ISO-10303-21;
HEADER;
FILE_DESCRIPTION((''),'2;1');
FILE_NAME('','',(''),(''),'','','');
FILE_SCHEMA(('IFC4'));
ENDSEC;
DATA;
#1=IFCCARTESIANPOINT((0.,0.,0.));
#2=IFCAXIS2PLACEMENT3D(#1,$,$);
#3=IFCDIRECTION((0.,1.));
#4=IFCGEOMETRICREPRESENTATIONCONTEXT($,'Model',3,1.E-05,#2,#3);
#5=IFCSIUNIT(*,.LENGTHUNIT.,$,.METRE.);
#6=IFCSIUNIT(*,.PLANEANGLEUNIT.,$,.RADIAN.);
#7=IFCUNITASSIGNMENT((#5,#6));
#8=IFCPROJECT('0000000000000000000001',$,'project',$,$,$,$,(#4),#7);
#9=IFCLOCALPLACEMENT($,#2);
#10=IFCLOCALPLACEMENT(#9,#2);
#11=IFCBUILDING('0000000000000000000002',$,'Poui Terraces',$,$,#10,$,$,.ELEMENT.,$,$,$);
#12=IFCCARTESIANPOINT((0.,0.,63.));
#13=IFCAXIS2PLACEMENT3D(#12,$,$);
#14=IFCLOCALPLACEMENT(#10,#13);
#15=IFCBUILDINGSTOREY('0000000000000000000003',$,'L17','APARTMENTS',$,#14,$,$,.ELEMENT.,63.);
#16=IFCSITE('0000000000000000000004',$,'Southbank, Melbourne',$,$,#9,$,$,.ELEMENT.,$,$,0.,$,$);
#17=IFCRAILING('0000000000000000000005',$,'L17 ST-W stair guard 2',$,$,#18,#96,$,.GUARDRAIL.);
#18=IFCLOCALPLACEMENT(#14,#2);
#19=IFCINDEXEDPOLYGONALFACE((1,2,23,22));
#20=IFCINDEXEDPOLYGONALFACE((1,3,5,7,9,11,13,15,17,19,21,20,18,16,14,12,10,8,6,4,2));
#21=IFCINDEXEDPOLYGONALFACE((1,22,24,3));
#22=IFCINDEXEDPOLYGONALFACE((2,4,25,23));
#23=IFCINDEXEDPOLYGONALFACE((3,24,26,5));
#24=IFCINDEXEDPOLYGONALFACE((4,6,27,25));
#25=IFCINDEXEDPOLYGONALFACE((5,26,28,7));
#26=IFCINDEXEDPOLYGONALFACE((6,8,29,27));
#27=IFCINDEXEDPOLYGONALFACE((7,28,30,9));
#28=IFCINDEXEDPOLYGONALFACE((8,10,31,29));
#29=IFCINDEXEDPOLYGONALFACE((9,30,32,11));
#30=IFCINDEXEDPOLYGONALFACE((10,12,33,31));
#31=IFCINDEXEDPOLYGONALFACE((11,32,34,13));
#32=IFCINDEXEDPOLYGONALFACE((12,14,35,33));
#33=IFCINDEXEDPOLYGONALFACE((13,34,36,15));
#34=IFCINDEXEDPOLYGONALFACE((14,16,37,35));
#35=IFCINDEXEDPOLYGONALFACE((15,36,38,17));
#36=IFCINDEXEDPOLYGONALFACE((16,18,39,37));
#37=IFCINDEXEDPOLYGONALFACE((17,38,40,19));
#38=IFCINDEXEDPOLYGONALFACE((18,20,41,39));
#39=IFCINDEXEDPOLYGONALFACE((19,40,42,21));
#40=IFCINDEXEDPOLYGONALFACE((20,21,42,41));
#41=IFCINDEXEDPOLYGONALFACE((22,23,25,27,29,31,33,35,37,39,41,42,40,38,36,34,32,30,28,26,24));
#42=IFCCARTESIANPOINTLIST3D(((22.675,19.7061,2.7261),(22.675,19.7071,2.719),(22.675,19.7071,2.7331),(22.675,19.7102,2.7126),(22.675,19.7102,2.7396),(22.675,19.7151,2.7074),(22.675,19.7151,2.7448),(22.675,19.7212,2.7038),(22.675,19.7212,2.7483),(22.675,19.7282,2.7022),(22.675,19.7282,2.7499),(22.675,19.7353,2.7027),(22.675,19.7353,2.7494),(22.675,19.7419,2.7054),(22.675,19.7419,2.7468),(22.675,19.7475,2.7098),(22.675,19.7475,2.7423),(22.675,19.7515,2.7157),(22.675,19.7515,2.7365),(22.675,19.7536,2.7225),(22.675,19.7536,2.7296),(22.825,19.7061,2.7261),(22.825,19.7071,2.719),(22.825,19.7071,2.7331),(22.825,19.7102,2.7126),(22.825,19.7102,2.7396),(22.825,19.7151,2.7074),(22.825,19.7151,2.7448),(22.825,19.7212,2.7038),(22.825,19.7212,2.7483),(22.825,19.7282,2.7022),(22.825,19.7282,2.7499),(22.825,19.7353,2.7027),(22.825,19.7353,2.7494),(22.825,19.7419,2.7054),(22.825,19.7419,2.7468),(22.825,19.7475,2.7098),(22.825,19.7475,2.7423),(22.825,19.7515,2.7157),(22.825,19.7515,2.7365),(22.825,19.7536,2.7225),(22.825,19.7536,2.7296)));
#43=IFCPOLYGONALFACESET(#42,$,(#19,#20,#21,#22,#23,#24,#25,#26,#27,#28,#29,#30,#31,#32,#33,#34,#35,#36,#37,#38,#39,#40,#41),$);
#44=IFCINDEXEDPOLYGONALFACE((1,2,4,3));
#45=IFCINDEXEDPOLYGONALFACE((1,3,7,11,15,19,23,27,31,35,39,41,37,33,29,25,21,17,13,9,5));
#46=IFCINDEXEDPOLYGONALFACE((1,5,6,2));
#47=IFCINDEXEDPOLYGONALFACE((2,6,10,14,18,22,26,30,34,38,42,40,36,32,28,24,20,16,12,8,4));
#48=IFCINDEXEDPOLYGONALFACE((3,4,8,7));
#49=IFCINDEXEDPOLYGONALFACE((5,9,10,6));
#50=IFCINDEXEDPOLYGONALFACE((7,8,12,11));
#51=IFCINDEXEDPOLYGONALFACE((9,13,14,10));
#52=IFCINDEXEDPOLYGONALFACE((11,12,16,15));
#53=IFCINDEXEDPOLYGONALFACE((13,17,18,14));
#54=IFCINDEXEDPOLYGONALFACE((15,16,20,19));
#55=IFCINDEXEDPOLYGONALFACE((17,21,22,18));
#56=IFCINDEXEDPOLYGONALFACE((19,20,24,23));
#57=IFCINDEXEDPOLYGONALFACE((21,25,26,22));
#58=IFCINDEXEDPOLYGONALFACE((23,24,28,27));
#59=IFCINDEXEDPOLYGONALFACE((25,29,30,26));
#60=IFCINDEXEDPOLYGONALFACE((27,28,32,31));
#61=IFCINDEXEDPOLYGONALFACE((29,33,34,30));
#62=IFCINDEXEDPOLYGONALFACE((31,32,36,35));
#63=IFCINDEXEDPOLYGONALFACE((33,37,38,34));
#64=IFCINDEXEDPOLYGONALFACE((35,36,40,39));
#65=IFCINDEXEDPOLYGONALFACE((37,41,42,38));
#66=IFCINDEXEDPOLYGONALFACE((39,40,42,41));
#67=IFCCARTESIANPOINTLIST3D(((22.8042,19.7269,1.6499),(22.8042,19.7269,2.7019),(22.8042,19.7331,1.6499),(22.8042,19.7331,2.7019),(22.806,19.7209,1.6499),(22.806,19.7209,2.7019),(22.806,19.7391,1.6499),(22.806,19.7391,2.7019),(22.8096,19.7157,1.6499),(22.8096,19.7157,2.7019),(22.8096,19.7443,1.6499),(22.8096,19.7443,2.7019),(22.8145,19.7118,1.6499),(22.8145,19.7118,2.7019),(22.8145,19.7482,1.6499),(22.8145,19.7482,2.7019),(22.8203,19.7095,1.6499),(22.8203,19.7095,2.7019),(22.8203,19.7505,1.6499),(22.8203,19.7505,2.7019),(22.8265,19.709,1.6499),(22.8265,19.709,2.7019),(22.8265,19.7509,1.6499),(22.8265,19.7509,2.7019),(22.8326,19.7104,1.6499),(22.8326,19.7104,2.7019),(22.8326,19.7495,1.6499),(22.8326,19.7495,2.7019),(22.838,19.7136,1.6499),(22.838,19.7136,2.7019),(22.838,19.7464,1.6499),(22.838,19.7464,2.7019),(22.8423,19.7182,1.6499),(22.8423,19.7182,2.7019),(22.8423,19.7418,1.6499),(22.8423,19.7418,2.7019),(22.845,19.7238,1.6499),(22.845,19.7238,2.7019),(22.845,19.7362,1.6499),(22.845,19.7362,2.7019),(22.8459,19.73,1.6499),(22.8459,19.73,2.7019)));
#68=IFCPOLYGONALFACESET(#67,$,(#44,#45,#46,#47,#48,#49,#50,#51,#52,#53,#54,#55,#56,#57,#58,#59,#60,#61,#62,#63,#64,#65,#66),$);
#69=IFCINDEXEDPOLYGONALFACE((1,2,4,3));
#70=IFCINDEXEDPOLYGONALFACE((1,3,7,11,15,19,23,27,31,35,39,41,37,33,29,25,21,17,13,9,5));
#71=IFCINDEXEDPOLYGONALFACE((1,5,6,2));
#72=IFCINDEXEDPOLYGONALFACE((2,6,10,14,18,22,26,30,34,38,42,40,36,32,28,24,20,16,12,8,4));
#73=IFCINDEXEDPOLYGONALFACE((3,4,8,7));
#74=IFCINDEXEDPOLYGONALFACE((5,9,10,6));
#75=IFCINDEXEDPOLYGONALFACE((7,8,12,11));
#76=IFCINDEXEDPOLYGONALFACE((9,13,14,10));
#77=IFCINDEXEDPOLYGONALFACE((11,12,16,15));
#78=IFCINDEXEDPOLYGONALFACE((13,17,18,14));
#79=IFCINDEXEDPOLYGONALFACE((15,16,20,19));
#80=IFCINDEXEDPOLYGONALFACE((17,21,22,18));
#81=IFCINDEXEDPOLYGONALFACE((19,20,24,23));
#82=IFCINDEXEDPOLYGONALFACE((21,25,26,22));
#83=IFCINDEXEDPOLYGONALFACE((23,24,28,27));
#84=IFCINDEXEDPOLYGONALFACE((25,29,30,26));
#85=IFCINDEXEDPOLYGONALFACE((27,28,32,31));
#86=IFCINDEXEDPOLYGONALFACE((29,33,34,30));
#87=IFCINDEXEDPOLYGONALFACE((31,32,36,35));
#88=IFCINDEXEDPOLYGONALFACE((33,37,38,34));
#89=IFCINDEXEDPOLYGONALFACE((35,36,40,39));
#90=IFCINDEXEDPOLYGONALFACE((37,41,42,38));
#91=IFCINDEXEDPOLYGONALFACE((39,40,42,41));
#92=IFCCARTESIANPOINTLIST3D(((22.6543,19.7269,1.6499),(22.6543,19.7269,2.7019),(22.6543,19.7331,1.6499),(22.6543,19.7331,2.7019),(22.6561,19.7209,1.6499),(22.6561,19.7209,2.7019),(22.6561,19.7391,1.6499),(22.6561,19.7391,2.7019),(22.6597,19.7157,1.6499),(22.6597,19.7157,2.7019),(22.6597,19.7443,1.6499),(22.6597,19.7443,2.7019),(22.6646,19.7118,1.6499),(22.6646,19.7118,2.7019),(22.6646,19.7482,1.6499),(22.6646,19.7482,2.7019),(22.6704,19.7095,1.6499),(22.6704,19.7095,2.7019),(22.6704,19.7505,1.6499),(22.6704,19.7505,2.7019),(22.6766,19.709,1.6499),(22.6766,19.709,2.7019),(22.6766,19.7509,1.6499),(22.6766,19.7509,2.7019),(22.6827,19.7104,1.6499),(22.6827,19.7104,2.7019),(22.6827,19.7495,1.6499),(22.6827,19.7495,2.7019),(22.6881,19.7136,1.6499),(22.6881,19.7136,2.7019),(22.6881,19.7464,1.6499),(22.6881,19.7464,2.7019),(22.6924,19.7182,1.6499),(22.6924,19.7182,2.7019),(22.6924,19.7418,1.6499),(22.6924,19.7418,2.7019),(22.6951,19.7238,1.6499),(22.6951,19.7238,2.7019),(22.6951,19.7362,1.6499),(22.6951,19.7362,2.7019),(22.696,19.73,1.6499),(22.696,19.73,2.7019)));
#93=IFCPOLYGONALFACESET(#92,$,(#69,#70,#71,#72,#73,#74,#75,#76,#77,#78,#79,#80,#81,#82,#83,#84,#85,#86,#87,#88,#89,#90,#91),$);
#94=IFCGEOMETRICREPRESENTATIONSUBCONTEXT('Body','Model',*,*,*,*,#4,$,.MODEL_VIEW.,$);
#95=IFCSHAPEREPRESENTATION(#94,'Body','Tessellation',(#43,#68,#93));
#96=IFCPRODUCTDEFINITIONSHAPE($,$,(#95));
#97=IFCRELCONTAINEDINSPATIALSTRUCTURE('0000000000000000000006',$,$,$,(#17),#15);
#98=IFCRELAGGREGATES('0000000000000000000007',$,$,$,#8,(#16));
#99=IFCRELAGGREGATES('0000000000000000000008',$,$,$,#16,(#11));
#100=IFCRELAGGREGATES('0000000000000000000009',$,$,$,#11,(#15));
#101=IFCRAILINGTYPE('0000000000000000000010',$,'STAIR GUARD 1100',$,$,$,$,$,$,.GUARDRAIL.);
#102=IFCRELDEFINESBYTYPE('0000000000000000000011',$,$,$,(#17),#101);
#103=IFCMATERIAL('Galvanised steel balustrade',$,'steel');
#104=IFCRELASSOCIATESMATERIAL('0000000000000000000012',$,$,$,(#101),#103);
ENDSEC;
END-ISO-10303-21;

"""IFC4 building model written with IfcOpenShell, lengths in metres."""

from ifc_helpers import new_model, si_unit, direction, frame, origin, origin_2d, place, context, subcontext, project, spatial, circle, extrude, material, type_object, element, save


model = new_model("IFC4")

# Units and contexts
model_context = context("Model", 3, precision=1e-05, world=origin(), true_north=direction((0.0, 1.0)))
body_context = subcontext(model_context, "Body", "Model", "MODEL_VIEW")
ifc_project = project(units=[si_unit("LENGTHUNIT", "METRE"), si_unit("PLANEANGLEUNIT", "RADIAN")], contexts=[model_context])

# Site, building, storey
site_placement = place(None, origin())
site = spatial("IfcSite", under=ifc_project, at=site_placement, Name="Southbank, Melbourne", CompositionType="ELEMENT", RefElevation=0.0)
building_placement = place(site_placement, origin())
building = spatial("IfcBuilding", under=site, at=building_placement, Name="Poui Terraces", CompositionType="ELEMENT")
storey_placement = place(building_placement, frame((0.0, 0.0, 63.0)))
storey = spatial("IfcBuildingStorey", under=building, at=storey_placement, Name="L17", Description="APARTMENTS", CompositionType="ELEMENT", Elevation=63.0)

# Railing
ifc_material_1 = material(Name="Galvanised steel balustrade", Category="steel")
railing_type_1 = type_object("IfcRailingType", Name="STAIR GUARD 1100", PredefinedType="GUARDRAIL", material=ifc_material_1)
railing_1_placement = place(storey_placement, frame((22.825, 19.73, 1.6499)))
element("IfcRailing", 1, at=railing_1_placement, inside=storey, type_object=railing_type_1, Name="L17 ST-W stair guard 2", PredefinedType="GUARDRAIL", context=body_context, shape_type="SweptSolid", body=[
    extrude(circle(Radius=0.0239, at=origin_2d()), frame((0.0, 0.0, 1.0762), z_axis=(-1.0, 0.0, 0.0), x_axis=(0.0, -1.0, 0.0)), (0.0, 0.0, 1.0), 0.1499),
    extrude(circle(Radius=0.021, at=origin_2d()), origin(), (0.0, 0.0, 1.0), 1.052),
    extrude(circle(Radius=0.021, at=origin_2d()), frame((-0.1499, 0.0, 0.0)), (0.0, 0.0, 1.0), 1.052),
])

save(model, "model.ifc")
